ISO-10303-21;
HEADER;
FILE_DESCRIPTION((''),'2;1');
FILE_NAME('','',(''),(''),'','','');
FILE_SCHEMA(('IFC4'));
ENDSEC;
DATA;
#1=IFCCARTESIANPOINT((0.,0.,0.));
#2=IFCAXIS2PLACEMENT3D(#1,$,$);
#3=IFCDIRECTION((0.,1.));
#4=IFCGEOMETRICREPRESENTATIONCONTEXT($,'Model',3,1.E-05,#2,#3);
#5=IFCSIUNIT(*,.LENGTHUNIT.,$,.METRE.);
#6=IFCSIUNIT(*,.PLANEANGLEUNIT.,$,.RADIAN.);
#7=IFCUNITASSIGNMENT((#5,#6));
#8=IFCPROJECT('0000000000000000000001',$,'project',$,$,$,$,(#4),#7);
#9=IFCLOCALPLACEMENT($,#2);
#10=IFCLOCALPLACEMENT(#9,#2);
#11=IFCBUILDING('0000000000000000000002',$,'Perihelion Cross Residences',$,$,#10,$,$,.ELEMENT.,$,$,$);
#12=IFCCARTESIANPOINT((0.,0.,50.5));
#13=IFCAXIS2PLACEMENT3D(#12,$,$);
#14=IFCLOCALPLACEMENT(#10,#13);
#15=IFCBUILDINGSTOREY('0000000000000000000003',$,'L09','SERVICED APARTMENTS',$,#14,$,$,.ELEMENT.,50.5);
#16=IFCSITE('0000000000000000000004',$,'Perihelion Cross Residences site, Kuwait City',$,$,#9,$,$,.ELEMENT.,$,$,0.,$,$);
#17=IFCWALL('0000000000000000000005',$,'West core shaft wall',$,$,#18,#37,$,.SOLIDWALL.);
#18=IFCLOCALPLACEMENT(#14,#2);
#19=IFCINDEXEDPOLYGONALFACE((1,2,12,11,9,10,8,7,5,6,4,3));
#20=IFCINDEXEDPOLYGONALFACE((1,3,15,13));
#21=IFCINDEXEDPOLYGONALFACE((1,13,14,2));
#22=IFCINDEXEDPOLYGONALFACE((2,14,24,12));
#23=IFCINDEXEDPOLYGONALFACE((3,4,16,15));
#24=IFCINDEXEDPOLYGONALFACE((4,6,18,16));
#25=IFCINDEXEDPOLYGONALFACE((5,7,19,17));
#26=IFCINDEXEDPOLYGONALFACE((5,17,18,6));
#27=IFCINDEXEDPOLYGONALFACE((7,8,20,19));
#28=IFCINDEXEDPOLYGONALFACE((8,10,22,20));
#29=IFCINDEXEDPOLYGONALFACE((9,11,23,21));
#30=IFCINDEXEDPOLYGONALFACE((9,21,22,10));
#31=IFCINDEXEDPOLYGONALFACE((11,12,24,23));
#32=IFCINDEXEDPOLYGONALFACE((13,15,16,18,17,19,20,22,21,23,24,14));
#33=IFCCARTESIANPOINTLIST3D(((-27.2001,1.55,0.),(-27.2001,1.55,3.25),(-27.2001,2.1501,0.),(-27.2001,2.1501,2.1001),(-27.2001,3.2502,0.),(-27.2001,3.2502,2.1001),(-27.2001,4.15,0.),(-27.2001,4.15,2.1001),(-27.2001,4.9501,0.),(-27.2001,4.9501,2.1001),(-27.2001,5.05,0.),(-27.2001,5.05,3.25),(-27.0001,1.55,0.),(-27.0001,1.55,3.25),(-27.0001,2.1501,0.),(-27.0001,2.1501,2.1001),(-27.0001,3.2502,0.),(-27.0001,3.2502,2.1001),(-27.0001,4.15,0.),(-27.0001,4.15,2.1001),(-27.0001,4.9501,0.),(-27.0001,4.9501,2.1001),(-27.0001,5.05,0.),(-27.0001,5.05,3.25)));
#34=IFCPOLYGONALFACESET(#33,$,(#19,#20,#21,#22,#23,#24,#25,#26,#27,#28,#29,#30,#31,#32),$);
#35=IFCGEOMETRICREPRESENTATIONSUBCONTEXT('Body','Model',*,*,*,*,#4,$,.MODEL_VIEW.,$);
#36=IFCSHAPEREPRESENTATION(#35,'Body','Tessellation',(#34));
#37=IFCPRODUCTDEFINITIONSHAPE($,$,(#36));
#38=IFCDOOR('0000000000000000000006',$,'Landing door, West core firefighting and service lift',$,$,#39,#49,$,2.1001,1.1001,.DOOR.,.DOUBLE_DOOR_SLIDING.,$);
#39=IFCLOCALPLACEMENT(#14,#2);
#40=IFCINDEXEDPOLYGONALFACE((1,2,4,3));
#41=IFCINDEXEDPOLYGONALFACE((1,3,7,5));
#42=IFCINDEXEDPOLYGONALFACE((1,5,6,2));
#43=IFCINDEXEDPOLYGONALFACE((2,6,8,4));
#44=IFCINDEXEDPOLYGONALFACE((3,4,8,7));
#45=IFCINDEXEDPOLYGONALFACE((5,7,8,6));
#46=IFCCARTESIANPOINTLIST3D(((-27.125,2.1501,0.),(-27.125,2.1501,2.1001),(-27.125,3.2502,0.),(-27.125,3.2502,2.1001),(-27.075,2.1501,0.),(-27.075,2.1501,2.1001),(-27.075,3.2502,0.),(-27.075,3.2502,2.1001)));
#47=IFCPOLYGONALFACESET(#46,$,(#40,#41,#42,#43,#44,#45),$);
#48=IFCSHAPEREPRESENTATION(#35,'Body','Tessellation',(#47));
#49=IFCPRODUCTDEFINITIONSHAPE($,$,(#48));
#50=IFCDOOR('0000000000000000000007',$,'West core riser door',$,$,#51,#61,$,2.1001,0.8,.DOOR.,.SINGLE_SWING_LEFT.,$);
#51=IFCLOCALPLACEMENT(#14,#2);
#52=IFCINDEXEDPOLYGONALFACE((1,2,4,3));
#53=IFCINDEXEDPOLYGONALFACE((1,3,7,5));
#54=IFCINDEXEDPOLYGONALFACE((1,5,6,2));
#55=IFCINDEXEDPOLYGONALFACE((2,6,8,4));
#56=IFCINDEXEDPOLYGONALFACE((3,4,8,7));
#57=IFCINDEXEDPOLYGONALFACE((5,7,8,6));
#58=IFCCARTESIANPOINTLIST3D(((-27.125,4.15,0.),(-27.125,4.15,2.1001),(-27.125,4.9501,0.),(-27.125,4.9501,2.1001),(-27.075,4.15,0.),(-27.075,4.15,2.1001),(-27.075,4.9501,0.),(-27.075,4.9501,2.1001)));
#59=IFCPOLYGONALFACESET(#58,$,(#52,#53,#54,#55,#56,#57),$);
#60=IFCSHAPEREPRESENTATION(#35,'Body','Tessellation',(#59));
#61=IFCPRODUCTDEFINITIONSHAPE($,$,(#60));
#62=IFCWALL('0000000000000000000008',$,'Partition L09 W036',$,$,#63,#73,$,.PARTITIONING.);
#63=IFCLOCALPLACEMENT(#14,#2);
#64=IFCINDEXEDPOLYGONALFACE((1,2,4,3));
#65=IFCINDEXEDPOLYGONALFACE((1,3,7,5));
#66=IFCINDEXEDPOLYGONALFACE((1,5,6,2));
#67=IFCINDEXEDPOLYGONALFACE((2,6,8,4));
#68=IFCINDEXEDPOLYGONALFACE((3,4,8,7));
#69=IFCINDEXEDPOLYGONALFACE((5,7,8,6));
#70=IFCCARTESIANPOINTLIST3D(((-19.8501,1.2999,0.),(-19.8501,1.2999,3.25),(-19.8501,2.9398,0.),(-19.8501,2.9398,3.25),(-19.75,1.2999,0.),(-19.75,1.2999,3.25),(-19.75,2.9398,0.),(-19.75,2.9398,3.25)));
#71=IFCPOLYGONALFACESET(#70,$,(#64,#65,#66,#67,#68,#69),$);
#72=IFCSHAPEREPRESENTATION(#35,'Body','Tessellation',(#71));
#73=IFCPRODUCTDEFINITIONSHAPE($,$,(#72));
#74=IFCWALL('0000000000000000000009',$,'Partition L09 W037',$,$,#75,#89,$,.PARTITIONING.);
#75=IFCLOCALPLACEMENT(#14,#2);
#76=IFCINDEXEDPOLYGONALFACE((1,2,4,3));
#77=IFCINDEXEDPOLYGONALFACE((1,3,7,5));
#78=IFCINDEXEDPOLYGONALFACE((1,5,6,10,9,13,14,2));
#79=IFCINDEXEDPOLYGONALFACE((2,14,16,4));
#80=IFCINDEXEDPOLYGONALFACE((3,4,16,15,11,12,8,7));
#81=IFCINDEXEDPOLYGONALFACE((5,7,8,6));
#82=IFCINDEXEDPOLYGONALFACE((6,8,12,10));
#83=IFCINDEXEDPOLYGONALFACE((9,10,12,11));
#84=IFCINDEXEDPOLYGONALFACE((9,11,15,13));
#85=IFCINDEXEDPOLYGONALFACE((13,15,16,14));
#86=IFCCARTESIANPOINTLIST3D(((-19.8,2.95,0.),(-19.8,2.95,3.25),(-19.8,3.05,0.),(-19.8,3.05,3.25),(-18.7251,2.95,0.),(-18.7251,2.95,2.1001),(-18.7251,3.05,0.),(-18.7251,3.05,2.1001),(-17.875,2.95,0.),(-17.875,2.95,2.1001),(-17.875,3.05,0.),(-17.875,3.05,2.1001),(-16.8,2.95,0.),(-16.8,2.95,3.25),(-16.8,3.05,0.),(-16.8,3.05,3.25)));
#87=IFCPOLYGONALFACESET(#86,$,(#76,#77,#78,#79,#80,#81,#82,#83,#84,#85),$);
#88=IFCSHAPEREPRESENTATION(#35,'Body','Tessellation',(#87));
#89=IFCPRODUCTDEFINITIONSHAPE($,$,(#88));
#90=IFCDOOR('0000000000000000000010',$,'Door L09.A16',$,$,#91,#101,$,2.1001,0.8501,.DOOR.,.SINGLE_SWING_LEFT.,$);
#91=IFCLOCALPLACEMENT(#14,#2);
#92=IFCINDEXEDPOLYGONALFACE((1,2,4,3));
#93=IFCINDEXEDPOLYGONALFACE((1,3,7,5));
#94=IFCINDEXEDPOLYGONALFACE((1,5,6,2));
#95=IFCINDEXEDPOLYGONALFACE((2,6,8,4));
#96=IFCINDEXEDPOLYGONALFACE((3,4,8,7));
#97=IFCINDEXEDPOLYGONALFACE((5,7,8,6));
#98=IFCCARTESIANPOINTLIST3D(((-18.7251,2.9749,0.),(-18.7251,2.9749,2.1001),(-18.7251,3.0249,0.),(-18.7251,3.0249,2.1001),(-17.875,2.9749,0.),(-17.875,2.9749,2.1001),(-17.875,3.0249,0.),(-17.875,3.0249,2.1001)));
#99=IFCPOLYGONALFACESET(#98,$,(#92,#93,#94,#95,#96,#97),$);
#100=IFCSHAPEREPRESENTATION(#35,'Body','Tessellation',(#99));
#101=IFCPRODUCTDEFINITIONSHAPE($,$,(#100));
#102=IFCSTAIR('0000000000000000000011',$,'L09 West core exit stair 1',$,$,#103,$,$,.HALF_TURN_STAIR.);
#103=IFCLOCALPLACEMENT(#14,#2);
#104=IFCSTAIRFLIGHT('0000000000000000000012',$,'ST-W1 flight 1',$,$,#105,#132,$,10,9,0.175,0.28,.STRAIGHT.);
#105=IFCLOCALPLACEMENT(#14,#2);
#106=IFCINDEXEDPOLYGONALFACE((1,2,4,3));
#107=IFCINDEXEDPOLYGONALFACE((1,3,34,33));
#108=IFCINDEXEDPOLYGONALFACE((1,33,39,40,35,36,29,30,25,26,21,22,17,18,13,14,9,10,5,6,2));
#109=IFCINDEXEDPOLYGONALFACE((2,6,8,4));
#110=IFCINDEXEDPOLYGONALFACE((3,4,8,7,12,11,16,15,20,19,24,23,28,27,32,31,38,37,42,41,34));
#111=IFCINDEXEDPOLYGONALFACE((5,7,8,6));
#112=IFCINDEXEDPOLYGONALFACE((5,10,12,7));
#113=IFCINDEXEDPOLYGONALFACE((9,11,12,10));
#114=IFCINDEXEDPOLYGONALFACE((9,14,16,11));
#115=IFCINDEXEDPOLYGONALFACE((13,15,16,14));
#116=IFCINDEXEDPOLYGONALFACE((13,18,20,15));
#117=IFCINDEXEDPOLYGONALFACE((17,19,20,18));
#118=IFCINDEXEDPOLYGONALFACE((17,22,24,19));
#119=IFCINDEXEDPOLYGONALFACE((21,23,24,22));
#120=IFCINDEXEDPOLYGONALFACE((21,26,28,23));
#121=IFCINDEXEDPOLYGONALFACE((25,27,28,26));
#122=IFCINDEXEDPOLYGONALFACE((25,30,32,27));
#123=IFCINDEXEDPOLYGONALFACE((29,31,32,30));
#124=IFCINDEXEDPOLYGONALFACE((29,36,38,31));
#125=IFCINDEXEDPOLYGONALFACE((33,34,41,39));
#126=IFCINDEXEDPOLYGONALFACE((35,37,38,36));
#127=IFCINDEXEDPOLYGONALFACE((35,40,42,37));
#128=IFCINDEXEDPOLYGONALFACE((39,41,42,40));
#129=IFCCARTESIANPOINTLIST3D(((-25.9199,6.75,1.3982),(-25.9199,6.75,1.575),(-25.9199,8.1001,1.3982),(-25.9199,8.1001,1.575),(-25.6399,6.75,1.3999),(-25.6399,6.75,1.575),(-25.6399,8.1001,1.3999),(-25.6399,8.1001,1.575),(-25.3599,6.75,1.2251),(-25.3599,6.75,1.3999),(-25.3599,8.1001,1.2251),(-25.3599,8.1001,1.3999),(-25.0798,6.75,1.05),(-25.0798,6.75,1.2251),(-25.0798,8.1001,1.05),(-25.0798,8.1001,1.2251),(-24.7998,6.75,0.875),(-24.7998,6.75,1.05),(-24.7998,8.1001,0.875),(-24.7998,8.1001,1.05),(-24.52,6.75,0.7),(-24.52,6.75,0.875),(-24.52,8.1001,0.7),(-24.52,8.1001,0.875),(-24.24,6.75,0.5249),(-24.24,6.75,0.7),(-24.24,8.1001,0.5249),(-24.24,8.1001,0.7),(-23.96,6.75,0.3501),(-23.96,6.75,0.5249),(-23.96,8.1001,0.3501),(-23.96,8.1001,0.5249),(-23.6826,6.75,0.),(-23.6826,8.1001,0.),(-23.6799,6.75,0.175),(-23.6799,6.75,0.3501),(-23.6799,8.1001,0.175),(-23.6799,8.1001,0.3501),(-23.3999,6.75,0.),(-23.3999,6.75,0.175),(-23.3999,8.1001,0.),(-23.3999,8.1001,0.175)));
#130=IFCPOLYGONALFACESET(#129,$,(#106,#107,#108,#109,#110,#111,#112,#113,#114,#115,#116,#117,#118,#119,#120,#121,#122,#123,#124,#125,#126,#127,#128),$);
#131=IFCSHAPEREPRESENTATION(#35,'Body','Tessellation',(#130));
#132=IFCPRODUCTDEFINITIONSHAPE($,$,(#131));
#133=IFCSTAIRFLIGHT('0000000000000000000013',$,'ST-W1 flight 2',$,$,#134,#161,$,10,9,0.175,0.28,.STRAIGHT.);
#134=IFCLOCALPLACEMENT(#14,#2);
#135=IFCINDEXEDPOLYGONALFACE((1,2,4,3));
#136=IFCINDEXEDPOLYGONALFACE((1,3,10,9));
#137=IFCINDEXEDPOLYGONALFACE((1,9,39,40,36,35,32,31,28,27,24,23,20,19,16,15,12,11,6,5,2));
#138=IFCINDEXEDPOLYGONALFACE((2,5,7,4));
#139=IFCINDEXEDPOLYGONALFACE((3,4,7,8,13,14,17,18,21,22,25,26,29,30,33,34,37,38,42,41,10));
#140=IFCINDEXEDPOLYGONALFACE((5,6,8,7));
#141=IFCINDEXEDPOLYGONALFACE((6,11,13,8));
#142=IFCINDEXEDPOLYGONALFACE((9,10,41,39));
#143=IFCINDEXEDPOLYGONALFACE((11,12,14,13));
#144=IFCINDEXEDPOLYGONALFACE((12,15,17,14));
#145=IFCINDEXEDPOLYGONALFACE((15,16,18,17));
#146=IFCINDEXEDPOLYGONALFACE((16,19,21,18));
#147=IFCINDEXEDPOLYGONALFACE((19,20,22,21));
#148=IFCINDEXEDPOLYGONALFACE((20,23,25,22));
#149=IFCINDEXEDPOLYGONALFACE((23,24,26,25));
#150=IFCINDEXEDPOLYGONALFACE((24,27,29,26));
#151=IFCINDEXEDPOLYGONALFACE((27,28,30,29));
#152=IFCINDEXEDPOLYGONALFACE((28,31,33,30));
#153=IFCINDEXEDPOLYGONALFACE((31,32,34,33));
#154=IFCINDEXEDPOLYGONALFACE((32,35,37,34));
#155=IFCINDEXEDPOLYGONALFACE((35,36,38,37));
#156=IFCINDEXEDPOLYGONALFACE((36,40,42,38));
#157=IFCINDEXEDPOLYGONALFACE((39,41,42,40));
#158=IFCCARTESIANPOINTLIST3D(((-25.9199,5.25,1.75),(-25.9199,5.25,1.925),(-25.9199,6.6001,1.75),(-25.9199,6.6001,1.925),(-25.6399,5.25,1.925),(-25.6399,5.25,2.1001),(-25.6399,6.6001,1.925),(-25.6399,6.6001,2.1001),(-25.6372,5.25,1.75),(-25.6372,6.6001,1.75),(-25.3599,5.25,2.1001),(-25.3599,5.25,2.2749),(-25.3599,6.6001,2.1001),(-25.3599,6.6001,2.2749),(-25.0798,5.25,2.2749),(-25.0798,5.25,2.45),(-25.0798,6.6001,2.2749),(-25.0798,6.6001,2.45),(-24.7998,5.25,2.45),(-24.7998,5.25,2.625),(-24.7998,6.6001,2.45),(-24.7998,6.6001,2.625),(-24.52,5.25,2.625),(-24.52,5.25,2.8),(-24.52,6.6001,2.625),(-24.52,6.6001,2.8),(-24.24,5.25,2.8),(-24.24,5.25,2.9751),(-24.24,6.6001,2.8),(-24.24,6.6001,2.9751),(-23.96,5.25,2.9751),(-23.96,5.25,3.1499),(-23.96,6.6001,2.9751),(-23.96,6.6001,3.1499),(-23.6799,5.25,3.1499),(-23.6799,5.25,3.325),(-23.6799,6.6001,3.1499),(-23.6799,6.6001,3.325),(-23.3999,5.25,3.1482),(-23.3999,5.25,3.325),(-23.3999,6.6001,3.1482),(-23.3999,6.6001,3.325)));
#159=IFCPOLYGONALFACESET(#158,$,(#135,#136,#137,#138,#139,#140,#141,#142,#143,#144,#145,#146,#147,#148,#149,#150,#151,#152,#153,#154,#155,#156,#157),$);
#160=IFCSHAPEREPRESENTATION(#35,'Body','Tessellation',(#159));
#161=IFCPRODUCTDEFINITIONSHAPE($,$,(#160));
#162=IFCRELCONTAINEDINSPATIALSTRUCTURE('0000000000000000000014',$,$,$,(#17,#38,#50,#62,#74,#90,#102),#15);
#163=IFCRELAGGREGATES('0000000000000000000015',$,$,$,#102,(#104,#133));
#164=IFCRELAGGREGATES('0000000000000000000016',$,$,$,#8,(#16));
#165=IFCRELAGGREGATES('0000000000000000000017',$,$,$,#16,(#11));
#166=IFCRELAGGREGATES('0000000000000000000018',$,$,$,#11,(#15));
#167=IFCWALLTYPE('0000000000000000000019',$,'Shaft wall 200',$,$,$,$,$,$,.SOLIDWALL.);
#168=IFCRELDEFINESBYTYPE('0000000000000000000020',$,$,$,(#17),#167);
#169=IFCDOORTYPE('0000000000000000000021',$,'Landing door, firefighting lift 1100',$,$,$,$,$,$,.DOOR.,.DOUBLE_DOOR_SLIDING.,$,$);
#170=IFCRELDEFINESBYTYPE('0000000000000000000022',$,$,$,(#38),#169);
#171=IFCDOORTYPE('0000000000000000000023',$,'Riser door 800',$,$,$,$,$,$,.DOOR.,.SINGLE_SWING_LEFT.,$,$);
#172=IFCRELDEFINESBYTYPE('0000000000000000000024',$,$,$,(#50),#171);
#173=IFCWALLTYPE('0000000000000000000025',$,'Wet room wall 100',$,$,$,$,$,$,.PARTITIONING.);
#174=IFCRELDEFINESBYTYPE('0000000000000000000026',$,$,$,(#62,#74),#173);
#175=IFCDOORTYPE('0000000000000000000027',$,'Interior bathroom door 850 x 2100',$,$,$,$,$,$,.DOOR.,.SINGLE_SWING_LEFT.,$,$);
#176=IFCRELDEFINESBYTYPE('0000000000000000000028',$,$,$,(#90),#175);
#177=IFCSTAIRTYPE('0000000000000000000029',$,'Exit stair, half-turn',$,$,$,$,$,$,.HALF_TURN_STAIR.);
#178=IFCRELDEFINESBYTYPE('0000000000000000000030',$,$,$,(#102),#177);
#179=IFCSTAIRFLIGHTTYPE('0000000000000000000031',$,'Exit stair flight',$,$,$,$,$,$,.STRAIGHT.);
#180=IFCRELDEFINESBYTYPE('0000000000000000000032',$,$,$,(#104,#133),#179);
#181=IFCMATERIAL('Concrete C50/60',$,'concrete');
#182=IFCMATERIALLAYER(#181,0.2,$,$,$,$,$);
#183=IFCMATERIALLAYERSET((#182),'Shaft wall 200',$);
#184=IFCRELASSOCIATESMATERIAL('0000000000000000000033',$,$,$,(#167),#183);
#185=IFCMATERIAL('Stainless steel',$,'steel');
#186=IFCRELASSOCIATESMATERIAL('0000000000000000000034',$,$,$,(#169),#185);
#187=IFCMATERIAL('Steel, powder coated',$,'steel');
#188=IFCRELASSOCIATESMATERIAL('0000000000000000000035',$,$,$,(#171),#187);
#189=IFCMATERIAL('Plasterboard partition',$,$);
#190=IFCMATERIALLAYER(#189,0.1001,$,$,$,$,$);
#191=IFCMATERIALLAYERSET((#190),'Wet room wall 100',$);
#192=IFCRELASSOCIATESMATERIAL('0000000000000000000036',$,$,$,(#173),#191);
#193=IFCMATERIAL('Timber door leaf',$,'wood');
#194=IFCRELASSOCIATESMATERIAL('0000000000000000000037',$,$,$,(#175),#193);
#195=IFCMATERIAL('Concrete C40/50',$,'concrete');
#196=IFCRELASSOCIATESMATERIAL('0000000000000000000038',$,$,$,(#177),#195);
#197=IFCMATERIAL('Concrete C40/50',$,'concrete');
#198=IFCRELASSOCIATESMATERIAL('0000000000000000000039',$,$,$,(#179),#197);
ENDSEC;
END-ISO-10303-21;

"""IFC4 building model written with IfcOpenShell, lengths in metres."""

from ifc_helpers import new_model, si_unit, direction, frame, frame_2d, origin, place, context, subcontext, project, spatial, polyline, rectangle, outline, extrude, material, layer, layer_set, type_object, element, fill, aggregate, save


model = new_model("IFC4")

# Units and contexts
model_context = context("Model", 3, precision=1e-05, world=origin(), true_north=direction((0.0, 1.0)))
body_context = subcontext(model_context, "Body", "Model", "MODEL_VIEW")
ifc_project = project(units=[si_unit("LENGTHUNIT", "METRE"), si_unit("PLANEANGLEUNIT", "RADIAN")], contexts=[model_context])

# Site, building, storey
site_placement = place(None, origin())
site = spatial("IfcSite", under=ifc_project, at=site_placement, Name="Perihelion Cross Residences site, Kuwait City", CompositionType="ELEMENT", RefElevation=0.0)
building_placement = place(site_placement, origin())
building = spatial("IfcBuilding", under=site, at=building_placement, Name="Perihelion Cross Residences", CompositionType="ELEMENT")
storey_placement = place(building_placement, frame((0.0, 0.0, 50.5)))
storey = spatial("IfcBuildingStorey", under=building, at=storey_placement, Name="L09", Description="SERVICED APARTMENTS", CompositionType="ELEMENT", Elevation=50.5)

# Wall, openings, doors
ifc_material_1 = material(Name="Concrete C50/60", Category="concrete")
ifc_layer_1 = layer(ifc_material_1, 0.2)
ifc_layer_set_1 = layer_set([ifc_layer_1], Name="Shaft wall 200")
wall_type_1 = type_object("IfcWallType", Name="Shaft wall 200", PredefinedType="SOLIDWALL", material=ifc_layer_set_1)
wall_1_placement = place(storey_placement, frame((-27.1001, 1.55, 0.0), z_axis=(0.0, 0.0, 1.0), x_axis=(0.0, 1.0, 0.0)))
wall_1 = element("IfcWall", 1, at=wall_1_placement, inside=storey, type_object=wall_type_1, Name="West core shaft wall", PredefinedType="SOLIDWALL", context=body_context, shape_type="SweptSolid", body=[
    extrude(rectangle(XDim=3.5, YDim=0.2, at=frame_2d((1.75, 0.0))), origin(), (0.0, 0.0, 1.0), 3.25),
])
opening_1_placement = place(wall_1_placement, frame((0.6001, 0.0, 0.0)))
opening_1 = element("IfcOpeningElement", 2, at=opening_1_placement, cuts=wall_1, PredefinedType="OPENING", context=body_context, shape_type="SweptSolid", body=[
    extrude(rectangle(XDim=1.1001, YDim=2.1001, at=frame_2d((0.55, 1.05))), frame((0.0, 0.1099, 0.0), z_axis=(0.0, -1.0, 0.0), x_axis=(1.0, 0.0, 0.0)), (0.0, 0.0, 1.0), 0.22),
])
opening_2_placement = place(wall_1_placement, frame((2.6001, 0.0, 0.0)))
opening_2 = element("IfcOpeningElement", 3, at=opening_2_placement, cuts=wall_1, PredefinedType="OPENING", context=body_context, shape_type="SweptSolid", body=[
    extrude(rectangle(XDim=0.8, YDim=2.1001, at=frame_2d((0.3999, 1.05))), frame((0.0, 0.1099, 0.0), z_axis=(0.0, -1.0, 0.0), x_axis=(1.0, 0.0, 0.0)), (0.0, 0.0, 1.0), 0.22),
])
ifc_material_2 = material(Name="Stainless steel", Category="steel")
door_type_1 = type_object("IfcDoorType", Name="Landing door, firefighting lift 1100", OperationType="DOUBLE_DOOR_SLIDING", PredefinedType="DOOR", material=ifc_material_2)
door_1_placement = place(opening_1_placement, origin())
door_1 = element("IfcDoor", 4, at=door_1_placement, inside=storey, type_object=door_type_1, Name="Landing door, West core firefighting and service lift", OperationType="DOUBLE_DOOR_SLIDING", OverallHeight=2.1001, OverallWidth=1.1001, PredefinedType="DOOR", context=body_context, shape_type="SweptSolid", body=[
    extrude(rectangle(XDim=1.1001, YDim=2.1001, at=frame_2d((0.55, 1.05))), frame((0.0, 0.0249, 0.0), z_axis=(0.0, -1.0, 0.0), x_axis=(1.0, 0.0, 0.0)), (0.0, 0.0, 1.0), 0.05),
])
fill(opening_1, door_1)
ifc_material_3 = material(Name="Steel, powder coated", Category="steel")
door_type_2 = type_object("IfcDoorType", Name="Riser door 800", OperationType="SINGLE_SWING_LEFT", PredefinedType="DOOR", material=ifc_material_3)
door_2_placement = place(opening_2_placement, origin())
door_2 = element("IfcDoor", 5, at=door_2_placement, inside=storey, type_object=door_type_2, Name="West core riser door", OperationType="SINGLE_SWING_LEFT", OverallHeight=2.1001, OverallWidth=0.8, PredefinedType="DOOR", context=body_context, shape_type="SweptSolid", body=[
    extrude(rectangle(XDim=0.8, YDim=2.1001, at=frame_2d((0.3999, 1.05))), frame((0.0, 0.0249, 0.0), z_axis=(0.0, -1.0, 0.0), x_axis=(1.0, 0.0, 0.0)), (0.0, 0.0, 1.0), 0.05),
])
fill(opening_2, door_2)

# Wall
ifc_material_4 = material(Name="Plasterboard partition")
ifc_layer_2 = layer(ifc_material_4, 0.1001)
ifc_layer_set_2 = layer_set([ifc_layer_2], Name="Wet room wall 100")
wall_type_2 = type_object("IfcWallType", Name="Wet room wall 100", PredefinedType="PARTITIONING", material=ifc_layer_set_2)
wall_2_placement = place(storey_placement, frame((-19.8, 1.3, 0.0), z_axis=(0.0, 0.0, 1.0), x_axis=(0.0, 1.0, 0.0)))
element("IfcWall", 6, at=wall_2_placement, inside=storey, type_object=wall_type_2, Name="Partition L09 W036", PredefinedType="PARTITIONING", context=body_context, shape_type="SweptSolid", body=[
    extrude(rectangle(XDim=1.6399, YDim=0.1001, at=frame_2d((0.8198, 0.0))), origin(), (0.0, 0.0, 1.0), 3.25),
])

# Wall, opening, door
wall_3_placement = place(storey_placement, frame((-19.8, 3.0, 0.0), z_axis=(0.0, 0.0, 1.0), x_axis=(1.0, 0.0, 0.0)))
wall_3 = element("IfcWall", 7, at=wall_3_placement, inside=storey, type_object=wall_type_2, Name="Partition L09 W037", PredefinedType="PARTITIONING", context=body_context, shape_type="SweptSolid", body=[
    extrude(rectangle(XDim=3.0, YDim=0.1001, at=frame_2d((1.5, 0.0))), origin(), (0.0, 0.0, 1.0), 3.25),
])
opening_3_placement = place(wall_3_placement, frame((1.075, 0.0, 0.0)))
opening_3 = element("IfcOpeningElement", 8, at=opening_3_placement, cuts=wall_3, PredefinedType="OPENING", context=body_context, shape_type="SweptSolid", body=[
    extrude(rectangle(XDim=0.8501, YDim=2.1001, at=frame_2d((0.425, 1.05))), frame((0.0, 0.0601, 0.0), z_axis=(0.0, -1.0, 0.0), x_axis=(1.0, 0.0, 0.0)), (0.0, 0.0, 1.0), 0.1201),
])
ifc_material_5 = material(Name="Timber door leaf", Category="wood")
door_type_3 = type_object("IfcDoorType", Name="Interior bathroom door 850 x 2100", OperationType="SINGLE_SWING_LEFT", PredefinedType="DOOR", material=ifc_material_5)
door_3_placement = place(opening_3_placement, origin())
door_3 = element("IfcDoor", 9, at=door_3_placement, inside=storey, type_object=door_type_3, Name="Door L09.A16", OperationType="SINGLE_SWING_LEFT", OverallHeight=2.1001, OverallWidth=0.8501, PredefinedType="DOOR", context=body_context, shape_type="SweptSolid", body=[
    extrude(rectangle(XDim=0.8501, YDim=2.1001, at=frame_2d((0.425, 1.05))), frame((0.0, 0.0249, 0.0), z_axis=(0.0, -1.0, 0.0), x_axis=(1.0, 0.0, 0.0)), (0.0, 0.0, 1.0), 0.05),
])
fill(opening_3, door_3)

# Stair, stair flights
ifc_material_6 = material(Name="Concrete C40/50", Category="concrete")
stair_type = type_object("IfcStairType", Name="Exit stair, half-turn", PredefinedType="HALF_TURN_STAIR", material=ifc_material_6)
stair_placement = place(storey_placement, origin())
stair = element("IfcStair", 10, at=stair_placement, inside=storey, type_object=stair_type, Name="L09 West core exit stair 1", PredefinedType="HALF_TURN_STAIR")
ifc_material_7 = material(Name="Concrete C40/50", Category="concrete")
stair_flight_type = type_object("IfcStairFlightType", Name="Exit stair flight", PredefinedType="STRAIGHT", material=ifc_material_7)
stair_flight_1_placement = place(storey_placement, frame((-23.3999, 7.425, 0.0), z_axis=(0.0, 0.0, 1.0), x_axis=(-1.0, 0.0, 0.0)))
stair_flight_1 = element("IfcStairFlight", 11, at=stair_flight_1_placement, type_object=stair_flight_type, Name="ST-W1 flight 1", NumberOfRisers=10, NumberOfTreads=9, PredefinedType="STRAIGHT", RiserHeight=0.175, TreadLength=0.28, context=body_context, shape_type="SweptSolid", body=[
    extrude(outline(polyline([(0.0, 0.0), (0.0, 0.175), (0.28, 0.175), (0.28, 0.3501), (0.5601, 0.3501), (0.5601, 0.5249), (0.8401, 0.5249), (0.8401, 0.7), (1.1201, 0.7), (1.1201, 0.875), (1.3999, 0.875), (1.3999, 1.05), (1.6799, 1.05), (1.6799, 1.2251), (1.96, 1.2251), (1.96, 1.3999), (2.24, 1.3999), (2.24, 1.575), (2.52, 1.575), (2.52, 1.75), (2.52, 1.3982), (0.2827, 0.0), (0.0, 0.0)])), frame((0.0, 0.675, 0.0), z_axis=(0.0, -1.0, 0.0), x_axis=(1.0, 0.0, 0.0)), (0.0, 0.0, 1.0), 1.3501),
])
stair_flight_2_placement = place(storey_placement, frame((-25.9199, 5.925, 1.75), z_axis=(0.0, 0.0, 1.0), x_axis=(1.0, 0.0, 0.0)))
stair_flight_2 = element("IfcStairFlight", 12, at=stair_flight_2_placement, type_object=stair_flight_type, Name="ST-W1 flight 2", NumberOfRisers=10, NumberOfTreads=9, PredefinedType="STRAIGHT", RiserHeight=0.175, TreadLength=0.28, context=body_context, shape_type="SweptSolid", body=[
    extrude(outline(polyline([(0.0, 0.0), (0.0, 0.175), (0.28, 0.175), (0.28, 0.3501), (0.5601, 0.3501), (0.5601, 0.5249), (0.8401, 0.5249), (0.8401, 0.7), (1.1201, 0.7), (1.1201, 0.875), (1.3999, 0.875), (1.3999, 1.05), (1.6799, 1.05), (1.6799, 1.2251), (1.96, 1.2251), (1.96, 1.3999), (2.24, 1.3999), (2.24, 1.575), (2.52, 1.575), (2.52, 1.75), (2.52, 1.3982), (0.2827, 0.0), (0.0, 0.0)])), frame((0.0, 0.675, 0.0), z_axis=(0.0, -1.0, 0.0), x_axis=(1.0, 0.0, 0.0)), (0.0, 0.0, 1.0), 1.3501),
])
aggregate(stair, [stair_flight_1, stair_flight_2])

save(model, "model.ifc")
